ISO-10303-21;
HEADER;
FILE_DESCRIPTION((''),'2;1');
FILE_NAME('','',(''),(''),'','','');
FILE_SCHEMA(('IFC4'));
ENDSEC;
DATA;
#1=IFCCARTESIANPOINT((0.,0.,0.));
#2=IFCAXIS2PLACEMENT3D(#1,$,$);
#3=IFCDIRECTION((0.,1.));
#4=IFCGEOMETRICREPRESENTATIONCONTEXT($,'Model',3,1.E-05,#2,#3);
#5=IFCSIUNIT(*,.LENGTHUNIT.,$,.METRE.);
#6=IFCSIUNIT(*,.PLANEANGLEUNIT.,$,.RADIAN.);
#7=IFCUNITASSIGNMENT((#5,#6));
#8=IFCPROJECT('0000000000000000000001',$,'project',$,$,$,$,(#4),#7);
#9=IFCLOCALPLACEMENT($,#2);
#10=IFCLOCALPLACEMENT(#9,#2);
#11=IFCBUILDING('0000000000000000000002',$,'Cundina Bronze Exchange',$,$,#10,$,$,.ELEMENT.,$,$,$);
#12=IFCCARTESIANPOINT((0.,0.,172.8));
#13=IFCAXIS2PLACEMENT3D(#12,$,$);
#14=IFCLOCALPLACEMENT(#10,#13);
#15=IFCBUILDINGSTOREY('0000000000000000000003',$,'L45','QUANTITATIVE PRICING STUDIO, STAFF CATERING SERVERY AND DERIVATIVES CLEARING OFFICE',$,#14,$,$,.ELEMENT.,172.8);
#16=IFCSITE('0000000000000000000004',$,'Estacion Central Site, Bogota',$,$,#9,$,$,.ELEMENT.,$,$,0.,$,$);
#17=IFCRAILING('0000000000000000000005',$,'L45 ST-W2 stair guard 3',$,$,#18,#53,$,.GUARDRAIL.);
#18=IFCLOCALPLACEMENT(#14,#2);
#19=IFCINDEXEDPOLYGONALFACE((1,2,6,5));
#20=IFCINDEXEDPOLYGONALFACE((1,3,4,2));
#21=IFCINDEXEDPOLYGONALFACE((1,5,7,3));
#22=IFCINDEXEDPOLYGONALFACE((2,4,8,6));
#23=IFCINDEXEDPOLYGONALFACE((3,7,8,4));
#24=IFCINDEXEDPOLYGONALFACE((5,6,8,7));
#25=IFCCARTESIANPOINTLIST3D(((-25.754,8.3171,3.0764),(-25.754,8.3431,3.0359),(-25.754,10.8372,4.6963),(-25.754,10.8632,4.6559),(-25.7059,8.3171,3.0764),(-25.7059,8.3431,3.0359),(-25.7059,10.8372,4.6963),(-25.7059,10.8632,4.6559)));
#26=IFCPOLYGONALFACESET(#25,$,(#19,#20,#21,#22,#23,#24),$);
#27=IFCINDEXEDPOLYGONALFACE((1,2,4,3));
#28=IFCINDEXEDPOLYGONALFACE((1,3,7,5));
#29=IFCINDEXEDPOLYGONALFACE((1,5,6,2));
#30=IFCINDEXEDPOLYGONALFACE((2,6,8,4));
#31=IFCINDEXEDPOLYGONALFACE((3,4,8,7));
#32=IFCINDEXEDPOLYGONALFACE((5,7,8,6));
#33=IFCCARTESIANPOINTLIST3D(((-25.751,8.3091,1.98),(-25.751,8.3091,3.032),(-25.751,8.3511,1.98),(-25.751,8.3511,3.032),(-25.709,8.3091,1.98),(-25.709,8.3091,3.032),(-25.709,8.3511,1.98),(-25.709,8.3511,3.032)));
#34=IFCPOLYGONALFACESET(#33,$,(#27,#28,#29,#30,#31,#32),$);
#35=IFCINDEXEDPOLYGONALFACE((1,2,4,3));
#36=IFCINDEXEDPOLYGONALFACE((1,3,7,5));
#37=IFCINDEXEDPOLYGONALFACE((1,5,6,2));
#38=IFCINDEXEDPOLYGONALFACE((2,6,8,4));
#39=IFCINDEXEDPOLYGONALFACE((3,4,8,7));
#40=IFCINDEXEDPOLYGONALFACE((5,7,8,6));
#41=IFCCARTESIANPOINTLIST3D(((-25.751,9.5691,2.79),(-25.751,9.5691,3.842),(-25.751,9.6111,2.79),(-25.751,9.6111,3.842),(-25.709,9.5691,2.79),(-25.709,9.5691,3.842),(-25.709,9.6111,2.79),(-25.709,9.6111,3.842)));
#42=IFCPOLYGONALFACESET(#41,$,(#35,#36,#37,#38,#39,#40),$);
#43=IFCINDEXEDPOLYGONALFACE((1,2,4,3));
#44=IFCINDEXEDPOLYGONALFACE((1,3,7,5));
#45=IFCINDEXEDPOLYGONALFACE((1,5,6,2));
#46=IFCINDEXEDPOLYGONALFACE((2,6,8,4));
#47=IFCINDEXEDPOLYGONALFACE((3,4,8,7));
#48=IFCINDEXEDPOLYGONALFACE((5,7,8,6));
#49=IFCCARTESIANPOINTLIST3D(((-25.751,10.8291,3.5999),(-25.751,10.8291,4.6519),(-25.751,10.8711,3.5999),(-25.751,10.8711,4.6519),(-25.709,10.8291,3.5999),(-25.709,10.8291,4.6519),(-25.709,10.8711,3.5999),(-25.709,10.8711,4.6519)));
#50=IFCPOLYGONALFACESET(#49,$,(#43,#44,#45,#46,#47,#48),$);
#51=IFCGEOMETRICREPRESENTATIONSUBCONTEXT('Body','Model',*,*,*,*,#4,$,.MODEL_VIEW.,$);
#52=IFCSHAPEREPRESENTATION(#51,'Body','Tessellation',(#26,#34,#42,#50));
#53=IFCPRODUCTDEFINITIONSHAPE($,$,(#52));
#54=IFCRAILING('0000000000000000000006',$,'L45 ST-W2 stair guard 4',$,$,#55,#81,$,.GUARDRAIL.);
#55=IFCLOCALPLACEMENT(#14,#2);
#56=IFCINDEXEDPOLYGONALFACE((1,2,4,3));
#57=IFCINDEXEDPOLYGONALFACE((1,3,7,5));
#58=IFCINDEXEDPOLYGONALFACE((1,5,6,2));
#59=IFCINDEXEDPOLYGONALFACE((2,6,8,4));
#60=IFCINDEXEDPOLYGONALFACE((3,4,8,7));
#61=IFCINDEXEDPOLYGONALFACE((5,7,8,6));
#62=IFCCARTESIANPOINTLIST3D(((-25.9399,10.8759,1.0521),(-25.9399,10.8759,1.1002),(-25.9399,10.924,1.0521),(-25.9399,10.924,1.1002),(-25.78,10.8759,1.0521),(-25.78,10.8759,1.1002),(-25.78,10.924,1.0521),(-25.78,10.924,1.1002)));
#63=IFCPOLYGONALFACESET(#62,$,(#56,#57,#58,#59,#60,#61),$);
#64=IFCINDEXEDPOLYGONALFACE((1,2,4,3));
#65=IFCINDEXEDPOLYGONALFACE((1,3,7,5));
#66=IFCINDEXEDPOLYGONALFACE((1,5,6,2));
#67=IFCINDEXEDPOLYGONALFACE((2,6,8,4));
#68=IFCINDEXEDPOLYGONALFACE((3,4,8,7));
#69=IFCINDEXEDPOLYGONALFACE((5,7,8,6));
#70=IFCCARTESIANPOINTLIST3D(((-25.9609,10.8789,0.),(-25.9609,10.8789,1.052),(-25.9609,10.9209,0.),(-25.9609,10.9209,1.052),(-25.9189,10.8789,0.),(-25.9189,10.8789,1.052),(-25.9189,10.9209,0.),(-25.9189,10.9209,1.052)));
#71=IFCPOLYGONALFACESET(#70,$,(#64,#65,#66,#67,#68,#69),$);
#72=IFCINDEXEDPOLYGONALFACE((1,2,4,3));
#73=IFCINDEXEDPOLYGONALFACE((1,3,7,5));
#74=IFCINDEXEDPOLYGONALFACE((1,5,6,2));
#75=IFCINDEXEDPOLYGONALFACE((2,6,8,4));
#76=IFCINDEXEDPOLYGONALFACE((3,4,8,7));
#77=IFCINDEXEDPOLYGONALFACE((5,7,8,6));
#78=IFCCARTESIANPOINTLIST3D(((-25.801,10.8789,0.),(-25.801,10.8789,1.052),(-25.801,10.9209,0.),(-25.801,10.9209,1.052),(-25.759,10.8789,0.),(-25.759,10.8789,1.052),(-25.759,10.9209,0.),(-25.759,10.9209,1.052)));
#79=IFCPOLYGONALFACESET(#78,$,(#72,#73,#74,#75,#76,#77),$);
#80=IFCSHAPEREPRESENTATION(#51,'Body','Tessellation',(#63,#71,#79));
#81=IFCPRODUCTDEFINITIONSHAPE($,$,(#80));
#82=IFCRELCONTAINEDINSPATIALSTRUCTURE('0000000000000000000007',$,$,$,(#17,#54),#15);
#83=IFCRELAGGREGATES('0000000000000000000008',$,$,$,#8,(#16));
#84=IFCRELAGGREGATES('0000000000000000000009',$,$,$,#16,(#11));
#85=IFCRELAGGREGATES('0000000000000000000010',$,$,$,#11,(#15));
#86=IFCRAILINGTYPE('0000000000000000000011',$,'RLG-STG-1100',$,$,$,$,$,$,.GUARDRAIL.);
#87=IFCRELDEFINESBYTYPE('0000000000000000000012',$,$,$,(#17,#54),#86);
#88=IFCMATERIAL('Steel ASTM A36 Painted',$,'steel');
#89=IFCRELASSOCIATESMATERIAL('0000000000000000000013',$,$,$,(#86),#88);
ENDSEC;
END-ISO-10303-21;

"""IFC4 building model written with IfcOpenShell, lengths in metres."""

from ifc_helpers import new_model, si_unit, direction, frame, origin, origin_2d, place, context, subcontext, project, spatial, rectangle, extrude, material, type_object, element, save


model = new_model("IFC4")

# Units and contexts
model_context = context("Model", 3, precision=1e-05, world=origin(), true_north=direction((0.0, 1.0)))
body_context = subcontext(model_context, "Body", "Model", "MODEL_VIEW")
ifc_project = project(units=[si_unit("LENGTHUNIT", "METRE"), si_unit("PLANEANGLEUNIT", "RADIAN")], contexts=[model_context])

# Site, building, storey
site_placement = place(None, origin())
site = spatial("IfcSite", under=ifc_project, at=site_placement, Name="Estacion Central Site, Bogota", CompositionType="ELEMENT", RefElevation=0.0)
building_placement = place(site_placement, origin())
building = spatial("IfcBuilding", under=site, at=building_placement, Name="Cundina Bronze Exchange", CompositionType="ELEMENT")
storey_placement = place(building_placement, frame((0.0, 0.0, 172.8)))
storey = spatial("IfcBuildingStorey", under=building, at=storey_placement, Name="L45", Description="QUANTITATIVE PRICING STUDIO, STAFF CATERING SERVERY AND DERIVATIVES CLEARING OFFICE", CompositionType="ELEMENT", Elevation=172.8)

# Shared definitions
ifc_material_1 = material(Name="Steel ASTM A36 Painted", Category="steel")

# Railings
railing_type_1 = type_object("IfcRailingType", Name="RLG-STG-1100", PredefinedType="GUARDRAIL", material=ifc_material_1)
railing_1_placement = place(storey_placement, frame((-25.73, 8.3301, 1.98)))
element("IfcRailing", 1, at=railing_1_placement, inside=storey, type_object=railing_type_1, Name="L45 ST-W2 stair guard 3", PredefinedType="GUARDRAIL", context=body_context, shape_type="SweptSolid", body=[
    extrude(rectangle(XDim=0.0481, YDim=0.0481, at=origin_2d()), frame((0.0, 0.0, 1.0762), z_axis=(0.0, 0.8412, 0.540725), x_axis=(-1.0, 0.0, 0.0)), (0.0, 0.0, 1.0), 2.9958),
    extrude(rectangle(XDim=0.042, YDim=0.042, at=origin_2d()), origin(), (0.0, 0.0, 1.0), 1.052),
    extrude(rectangle(XDim=0.042, YDim=0.042, at=origin_2d()), frame((0.0, 1.26, 0.8101)), (0.0, 0.0, 1.0), 1.052),
    extrude(rectangle(XDim=0.042, YDim=0.042, at=origin_2d()), frame((0.0, 2.52, 1.6199)), (0.0, 0.0, 1.0), 1.052),
])
railing_2_placement = place(storey_placement, frame((-25.9399, 10.8999, 0.0)))
element("IfcRailing", 2, at=railing_2_placement, inside=storey, type_object=railing_type_1, Name="L45 ST-W2 stair guard 4", PredefinedType="GUARDRAIL", context=body_context, shape_type="SweptSolid", body=[
    extrude(rectangle(XDim=0.0481, YDim=0.0481, at=origin_2d()), frame((0.0, 0.0, 1.0762), z_axis=(1.0, 0.0, 0.0), x_axis=(0.0, 1.0, 0.0)), (0.0, 0.0, 1.0), 0.1599),
    extrude(rectangle(XDim=0.042, YDim=0.042, at=origin_2d()), origin(), (0.0, 0.0, 1.0), 1.052),
    extrude(rectangle(XDim=0.042, YDim=0.042, at=origin_2d()), frame((0.1599, 0.0, 0.0)), (0.0, 0.0, 1.0), 1.052),
])

save(model, "model.ifc")
